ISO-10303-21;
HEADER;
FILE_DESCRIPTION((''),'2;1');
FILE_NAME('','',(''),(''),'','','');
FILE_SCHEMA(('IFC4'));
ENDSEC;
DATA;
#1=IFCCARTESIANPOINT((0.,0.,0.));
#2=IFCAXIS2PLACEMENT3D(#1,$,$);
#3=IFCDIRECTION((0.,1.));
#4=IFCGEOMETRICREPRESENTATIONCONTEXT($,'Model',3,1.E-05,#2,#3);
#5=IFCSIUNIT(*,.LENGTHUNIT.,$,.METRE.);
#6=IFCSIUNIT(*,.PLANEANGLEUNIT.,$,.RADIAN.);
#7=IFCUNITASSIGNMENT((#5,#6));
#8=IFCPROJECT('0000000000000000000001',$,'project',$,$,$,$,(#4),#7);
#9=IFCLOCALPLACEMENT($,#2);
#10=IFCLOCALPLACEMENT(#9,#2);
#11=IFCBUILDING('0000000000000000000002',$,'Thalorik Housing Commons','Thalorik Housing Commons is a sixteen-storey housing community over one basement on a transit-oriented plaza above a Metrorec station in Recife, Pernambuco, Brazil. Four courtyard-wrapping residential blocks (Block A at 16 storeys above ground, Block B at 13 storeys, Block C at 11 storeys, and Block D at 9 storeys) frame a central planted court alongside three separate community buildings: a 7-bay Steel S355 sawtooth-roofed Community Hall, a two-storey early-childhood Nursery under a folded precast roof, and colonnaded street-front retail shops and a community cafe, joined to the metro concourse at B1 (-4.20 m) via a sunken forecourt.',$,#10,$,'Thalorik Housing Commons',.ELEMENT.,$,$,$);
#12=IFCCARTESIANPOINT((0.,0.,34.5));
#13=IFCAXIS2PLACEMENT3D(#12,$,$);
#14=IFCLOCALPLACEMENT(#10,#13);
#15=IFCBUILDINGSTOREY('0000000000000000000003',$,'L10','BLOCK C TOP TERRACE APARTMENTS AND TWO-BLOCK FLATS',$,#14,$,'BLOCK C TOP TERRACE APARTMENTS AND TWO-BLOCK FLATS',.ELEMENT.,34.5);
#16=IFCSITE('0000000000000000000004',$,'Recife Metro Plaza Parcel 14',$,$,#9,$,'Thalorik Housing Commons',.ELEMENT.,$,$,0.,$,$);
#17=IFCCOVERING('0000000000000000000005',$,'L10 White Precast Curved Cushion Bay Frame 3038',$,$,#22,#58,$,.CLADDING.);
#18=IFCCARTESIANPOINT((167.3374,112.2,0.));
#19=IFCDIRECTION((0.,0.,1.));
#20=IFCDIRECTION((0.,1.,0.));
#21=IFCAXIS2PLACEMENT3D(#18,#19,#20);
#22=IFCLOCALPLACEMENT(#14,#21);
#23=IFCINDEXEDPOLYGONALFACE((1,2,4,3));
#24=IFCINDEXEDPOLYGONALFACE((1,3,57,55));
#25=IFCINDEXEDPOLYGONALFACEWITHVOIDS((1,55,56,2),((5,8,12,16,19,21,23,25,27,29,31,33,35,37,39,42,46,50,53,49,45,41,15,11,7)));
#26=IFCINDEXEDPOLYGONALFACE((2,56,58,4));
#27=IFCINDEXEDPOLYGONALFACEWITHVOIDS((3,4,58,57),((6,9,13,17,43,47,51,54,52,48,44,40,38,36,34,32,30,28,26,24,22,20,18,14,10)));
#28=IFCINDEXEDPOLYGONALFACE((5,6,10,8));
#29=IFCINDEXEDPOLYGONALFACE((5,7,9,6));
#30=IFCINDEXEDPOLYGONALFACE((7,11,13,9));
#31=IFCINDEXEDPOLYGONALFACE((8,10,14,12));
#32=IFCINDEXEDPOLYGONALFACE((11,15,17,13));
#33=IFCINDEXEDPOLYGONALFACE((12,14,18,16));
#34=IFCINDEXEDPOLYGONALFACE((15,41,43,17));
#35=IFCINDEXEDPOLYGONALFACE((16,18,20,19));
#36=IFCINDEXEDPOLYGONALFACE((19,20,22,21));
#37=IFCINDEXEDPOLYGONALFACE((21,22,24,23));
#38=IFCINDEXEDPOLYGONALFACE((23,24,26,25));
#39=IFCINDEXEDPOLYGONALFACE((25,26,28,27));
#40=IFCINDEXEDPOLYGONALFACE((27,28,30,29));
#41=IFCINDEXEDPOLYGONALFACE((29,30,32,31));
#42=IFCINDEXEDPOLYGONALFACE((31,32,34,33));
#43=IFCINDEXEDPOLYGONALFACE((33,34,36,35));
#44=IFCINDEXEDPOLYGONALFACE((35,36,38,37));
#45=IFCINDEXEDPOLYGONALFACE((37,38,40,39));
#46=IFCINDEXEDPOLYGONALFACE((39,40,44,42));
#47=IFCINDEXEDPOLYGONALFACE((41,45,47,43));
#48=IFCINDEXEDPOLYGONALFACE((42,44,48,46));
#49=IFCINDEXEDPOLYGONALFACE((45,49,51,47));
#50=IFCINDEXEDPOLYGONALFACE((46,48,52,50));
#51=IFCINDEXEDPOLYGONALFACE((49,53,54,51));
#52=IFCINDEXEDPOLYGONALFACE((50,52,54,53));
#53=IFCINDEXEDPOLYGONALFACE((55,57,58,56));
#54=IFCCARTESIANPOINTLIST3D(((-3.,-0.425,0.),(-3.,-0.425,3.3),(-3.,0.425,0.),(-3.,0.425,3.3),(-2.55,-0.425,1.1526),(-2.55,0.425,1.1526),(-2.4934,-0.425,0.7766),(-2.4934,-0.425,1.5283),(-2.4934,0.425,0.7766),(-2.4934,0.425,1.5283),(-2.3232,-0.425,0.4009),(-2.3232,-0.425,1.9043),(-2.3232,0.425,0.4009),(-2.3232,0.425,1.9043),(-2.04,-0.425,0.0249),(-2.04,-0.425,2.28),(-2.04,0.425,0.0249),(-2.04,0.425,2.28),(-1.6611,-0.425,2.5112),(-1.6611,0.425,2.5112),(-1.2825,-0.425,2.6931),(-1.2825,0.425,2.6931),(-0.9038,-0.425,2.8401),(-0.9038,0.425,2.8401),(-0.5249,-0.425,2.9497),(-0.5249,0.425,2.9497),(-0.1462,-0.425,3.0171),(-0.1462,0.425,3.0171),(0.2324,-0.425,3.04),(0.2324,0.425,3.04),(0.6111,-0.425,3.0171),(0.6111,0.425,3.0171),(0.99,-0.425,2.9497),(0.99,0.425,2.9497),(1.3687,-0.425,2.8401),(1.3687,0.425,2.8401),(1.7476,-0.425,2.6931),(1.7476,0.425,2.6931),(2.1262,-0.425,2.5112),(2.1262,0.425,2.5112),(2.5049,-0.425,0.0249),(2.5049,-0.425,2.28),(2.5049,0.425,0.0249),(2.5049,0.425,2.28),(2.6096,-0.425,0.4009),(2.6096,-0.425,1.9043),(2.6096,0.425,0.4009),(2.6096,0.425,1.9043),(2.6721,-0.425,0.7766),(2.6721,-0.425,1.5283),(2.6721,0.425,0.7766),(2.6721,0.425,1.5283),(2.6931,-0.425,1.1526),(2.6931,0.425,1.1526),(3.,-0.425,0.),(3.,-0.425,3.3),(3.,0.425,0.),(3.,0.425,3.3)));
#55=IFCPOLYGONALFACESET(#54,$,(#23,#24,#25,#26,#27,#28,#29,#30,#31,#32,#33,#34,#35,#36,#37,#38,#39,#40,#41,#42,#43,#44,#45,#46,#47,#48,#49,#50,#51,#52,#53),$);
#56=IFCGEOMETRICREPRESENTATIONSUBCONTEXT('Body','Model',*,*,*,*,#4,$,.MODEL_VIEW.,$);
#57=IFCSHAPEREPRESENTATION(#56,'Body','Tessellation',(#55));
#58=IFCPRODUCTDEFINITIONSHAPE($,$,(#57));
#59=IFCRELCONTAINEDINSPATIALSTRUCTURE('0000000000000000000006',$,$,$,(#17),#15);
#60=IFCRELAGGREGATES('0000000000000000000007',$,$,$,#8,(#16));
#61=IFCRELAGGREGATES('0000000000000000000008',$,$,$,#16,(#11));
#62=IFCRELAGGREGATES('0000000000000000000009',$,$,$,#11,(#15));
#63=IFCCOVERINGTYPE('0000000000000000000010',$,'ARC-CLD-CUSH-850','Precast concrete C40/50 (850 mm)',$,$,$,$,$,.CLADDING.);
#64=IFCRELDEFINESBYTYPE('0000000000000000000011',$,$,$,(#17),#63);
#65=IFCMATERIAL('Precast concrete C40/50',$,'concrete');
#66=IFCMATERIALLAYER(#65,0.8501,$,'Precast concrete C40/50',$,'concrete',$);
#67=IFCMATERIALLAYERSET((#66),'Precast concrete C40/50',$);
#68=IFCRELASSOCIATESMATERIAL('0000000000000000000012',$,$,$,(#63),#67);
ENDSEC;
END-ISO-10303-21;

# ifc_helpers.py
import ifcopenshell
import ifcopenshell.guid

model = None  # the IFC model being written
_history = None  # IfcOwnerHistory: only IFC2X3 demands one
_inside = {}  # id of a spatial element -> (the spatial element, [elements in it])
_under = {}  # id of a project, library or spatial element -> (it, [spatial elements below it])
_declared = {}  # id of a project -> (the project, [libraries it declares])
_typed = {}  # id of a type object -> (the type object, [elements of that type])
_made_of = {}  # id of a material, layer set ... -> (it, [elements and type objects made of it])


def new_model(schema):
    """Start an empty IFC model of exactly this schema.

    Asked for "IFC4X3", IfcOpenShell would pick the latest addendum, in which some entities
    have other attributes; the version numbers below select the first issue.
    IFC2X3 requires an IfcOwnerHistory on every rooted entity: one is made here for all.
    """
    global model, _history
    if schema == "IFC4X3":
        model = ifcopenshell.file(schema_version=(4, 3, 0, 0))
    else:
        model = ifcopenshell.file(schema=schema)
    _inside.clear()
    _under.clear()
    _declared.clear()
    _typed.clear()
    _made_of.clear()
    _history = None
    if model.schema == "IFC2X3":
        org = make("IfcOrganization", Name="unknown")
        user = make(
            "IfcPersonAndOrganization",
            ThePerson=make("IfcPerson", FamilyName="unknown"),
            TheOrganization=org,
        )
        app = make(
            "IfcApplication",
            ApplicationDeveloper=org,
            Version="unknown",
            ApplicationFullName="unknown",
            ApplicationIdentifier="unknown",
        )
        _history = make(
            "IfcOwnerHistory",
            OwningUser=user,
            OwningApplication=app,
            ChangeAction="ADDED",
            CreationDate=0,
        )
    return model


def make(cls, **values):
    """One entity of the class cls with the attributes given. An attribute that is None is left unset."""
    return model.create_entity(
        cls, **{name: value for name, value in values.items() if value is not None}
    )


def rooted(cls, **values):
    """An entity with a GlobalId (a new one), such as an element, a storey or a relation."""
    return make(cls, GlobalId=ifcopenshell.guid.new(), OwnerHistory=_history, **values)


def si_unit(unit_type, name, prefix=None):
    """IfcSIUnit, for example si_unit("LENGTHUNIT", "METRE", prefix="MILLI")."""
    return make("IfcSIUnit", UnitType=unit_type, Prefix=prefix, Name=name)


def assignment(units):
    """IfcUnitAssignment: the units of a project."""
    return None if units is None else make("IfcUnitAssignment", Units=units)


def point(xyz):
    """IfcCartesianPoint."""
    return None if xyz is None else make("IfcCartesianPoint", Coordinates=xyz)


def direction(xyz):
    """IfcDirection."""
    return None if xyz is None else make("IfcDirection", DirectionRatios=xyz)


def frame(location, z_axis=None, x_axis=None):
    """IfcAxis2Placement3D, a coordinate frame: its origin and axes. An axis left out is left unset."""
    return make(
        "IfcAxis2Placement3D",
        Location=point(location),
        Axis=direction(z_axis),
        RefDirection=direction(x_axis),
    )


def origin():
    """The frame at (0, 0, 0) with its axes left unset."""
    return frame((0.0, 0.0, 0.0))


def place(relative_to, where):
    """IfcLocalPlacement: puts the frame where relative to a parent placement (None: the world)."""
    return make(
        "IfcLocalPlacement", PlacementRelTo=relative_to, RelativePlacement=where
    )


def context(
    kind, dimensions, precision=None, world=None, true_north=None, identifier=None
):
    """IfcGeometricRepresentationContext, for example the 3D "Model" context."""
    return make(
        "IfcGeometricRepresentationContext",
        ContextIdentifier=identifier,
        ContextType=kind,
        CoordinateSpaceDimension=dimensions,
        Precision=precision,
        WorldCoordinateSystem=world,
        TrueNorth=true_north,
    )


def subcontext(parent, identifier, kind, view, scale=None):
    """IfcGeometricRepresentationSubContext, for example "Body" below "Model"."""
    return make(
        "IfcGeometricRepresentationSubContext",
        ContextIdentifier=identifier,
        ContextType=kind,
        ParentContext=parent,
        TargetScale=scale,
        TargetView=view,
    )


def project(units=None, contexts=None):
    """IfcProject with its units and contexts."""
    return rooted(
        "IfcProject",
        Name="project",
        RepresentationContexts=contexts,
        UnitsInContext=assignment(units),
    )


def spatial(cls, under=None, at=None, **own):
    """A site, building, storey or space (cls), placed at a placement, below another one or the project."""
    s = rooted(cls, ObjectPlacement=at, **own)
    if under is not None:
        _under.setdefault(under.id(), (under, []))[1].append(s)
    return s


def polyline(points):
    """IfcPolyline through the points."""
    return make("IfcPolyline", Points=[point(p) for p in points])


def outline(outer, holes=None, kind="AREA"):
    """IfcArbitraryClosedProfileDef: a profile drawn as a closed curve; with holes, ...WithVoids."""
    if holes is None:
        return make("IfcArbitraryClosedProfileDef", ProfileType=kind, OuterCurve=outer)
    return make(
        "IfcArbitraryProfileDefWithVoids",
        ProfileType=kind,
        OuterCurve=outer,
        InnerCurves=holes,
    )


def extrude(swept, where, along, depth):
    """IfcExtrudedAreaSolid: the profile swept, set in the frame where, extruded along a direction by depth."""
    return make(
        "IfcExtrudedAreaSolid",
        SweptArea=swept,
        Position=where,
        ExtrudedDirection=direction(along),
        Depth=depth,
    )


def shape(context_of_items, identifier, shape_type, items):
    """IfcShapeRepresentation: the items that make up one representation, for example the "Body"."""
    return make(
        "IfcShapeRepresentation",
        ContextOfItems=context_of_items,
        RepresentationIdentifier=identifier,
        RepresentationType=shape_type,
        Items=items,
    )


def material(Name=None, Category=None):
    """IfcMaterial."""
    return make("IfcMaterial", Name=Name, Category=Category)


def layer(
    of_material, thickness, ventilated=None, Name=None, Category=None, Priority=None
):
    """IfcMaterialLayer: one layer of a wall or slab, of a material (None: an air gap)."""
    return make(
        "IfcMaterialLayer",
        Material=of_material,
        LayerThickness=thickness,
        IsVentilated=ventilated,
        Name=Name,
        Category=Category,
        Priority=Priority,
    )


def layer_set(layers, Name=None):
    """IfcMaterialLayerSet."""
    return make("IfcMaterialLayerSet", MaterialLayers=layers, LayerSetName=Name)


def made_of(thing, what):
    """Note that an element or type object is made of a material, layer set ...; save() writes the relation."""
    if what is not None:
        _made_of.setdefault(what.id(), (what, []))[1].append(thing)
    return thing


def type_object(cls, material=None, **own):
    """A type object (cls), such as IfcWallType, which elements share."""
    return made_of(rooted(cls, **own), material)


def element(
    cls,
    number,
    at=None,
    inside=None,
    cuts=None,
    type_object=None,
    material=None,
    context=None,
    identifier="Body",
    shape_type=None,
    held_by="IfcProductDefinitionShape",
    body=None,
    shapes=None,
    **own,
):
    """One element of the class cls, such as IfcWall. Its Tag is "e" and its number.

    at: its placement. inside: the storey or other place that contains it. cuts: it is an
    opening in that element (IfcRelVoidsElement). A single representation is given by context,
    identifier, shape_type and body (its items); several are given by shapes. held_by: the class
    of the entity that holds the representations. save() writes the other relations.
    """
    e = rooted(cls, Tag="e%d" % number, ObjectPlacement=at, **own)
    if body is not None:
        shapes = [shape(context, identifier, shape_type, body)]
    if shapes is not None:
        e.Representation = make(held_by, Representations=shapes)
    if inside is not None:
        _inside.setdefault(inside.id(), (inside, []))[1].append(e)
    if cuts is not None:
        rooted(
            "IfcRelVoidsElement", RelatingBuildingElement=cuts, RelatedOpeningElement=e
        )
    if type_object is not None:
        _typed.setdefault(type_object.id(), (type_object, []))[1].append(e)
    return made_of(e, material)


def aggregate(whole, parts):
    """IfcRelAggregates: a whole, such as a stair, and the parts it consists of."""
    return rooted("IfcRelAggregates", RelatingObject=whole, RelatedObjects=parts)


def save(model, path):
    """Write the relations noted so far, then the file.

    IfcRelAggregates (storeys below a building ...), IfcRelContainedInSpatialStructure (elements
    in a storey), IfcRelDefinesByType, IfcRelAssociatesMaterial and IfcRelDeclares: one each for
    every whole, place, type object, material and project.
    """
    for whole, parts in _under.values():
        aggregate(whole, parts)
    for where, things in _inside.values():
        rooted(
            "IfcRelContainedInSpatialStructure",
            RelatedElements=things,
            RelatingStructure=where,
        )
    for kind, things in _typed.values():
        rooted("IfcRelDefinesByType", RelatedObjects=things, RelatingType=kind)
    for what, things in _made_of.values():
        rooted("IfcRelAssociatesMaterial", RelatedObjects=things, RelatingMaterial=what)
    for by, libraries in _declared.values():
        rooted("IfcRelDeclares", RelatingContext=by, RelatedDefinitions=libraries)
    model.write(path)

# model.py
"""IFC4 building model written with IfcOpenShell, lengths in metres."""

from ifc_helpers import new_model, si_unit, direction, frame, origin, place, context, subcontext, project, spatial, polyline, outline, extrude, material, layer, layer_set, type_object, element, save


model = new_model("IFC4")

# Units and contexts
model_context = context("Model", 3, precision=1e-05, world=origin(), true_north=direction((0.0, 1.0)))
body_context = subcontext(model_context, "Body", "Model", "MODEL_VIEW")
ifc_project = project(units=[si_unit("LENGTHUNIT", "METRE"), si_unit("PLANEANGLEUNIT", "RADIAN")], contexts=[model_context])

# Site, building, storey
site_placement = place(None, origin())
site = spatial("IfcSite", under=ifc_project, at=site_placement, Name="Recife Metro Plaza Parcel 14", LongName="Thalorik Housing Commons", CompositionType="ELEMENT", RefElevation=0.0)
building_placement = place(site_placement, origin())
building = spatial("IfcBuilding", under=site, at=building_placement, Name="Thalorik Housing Commons", Description="Thalorik Housing Commons is a sixteen-storey housing community over one basement on a transit-oriented plaza above a Metrorec station in Recife, Pernambuco, Brazil. Four courtyard-wrapping residential blocks (Block A at 16 storeys above ground, Block B at 13 storeys, Block C at 11 storeys, and Block D at 9 storeys) frame a central planted court alongside three separate community buildings: a 7-bay Steel S355 sawtooth-roofed Community Hall, a two-storey early-childhood Nursery under a folded precast roof, and colonnaded street-front retail shops and a community cafe, joined to the metro concourse at B1 (-4.20 m) via a sunken forecourt.", LongName="Thalorik Housing Commons", CompositionType="ELEMENT")
storey_placement = place(building_placement, frame((0.0, 0.0, 34.5)))
storey = spatial("IfcBuildingStorey", under=building, at=storey_placement, Name="L10", Description="BLOCK C TOP TERRACE APARTMENTS AND TWO-BLOCK FLATS", LongName="BLOCK C TOP TERRACE APARTMENTS AND TWO-BLOCK FLATS", CompositionType="ELEMENT", Elevation=34.5)

# Shared definitions
ifc_material_1 = material(Name="Precast concrete C40/50", Category="concrete")

# Covering
ifc_layer_1 = layer(ifc_material_1, 0.8501, Name="Precast concrete C40/50", Category="concrete")
ifc_layer_set_1 = layer_set([ifc_layer_1], Name="Precast concrete C40/50")
covering_type_1 = type_object("IfcCoveringType", Name="ARC-CLD-CUSH-850", Description="Precast concrete C40/50 (850 mm)", PredefinedType="CLADDING", material=ifc_layer_set_1)
covering_1_placement = place(storey_placement, frame((167.3374, 112.2, 0.0), z_axis=(0.0, 0.0, 1.0), x_axis=(0.0, 1.0, 0.0)))
element("IfcCovering", 1, at=covering_1_placement, inside=storey, type_object=covering_type_1, Name="L10 White Precast Curved Cushion Bay Frame 3038", PredefinedType="CLADDING", context=body_context, shape_type="SweptSolid", body=[
    extrude(outline(polyline([(-3.0, 0.0), (3.0, 0.0), (3.0, 3.3), (-3.0, 3.3), (-3.0, 0.0)]), holes=[polyline([(2.5049, 0.0249), (2.6096, 0.4009), (2.6721, 0.7766), (2.6931, 1.1526), (2.6721, 1.5283), (2.6096, 1.9043), (2.5049, 2.28), (2.1262, 2.5112), (1.7476, 2.6931), (1.3687, 2.8401), (0.99, 2.9497), (0.6111, 3.0171), (0.2324, 3.04), (-0.1462, 3.0171), (-0.5249, 2.9497), (-0.9038, 2.8401), (-1.2825, 2.6931), (-1.6611, 2.5112), (-2.04, 2.28), (-2.3232, 1.9043), (-2.4934, 1.5283), (-2.55, 1.1526), (-2.4934, 0.7766), (-2.3232, 0.4009), (-2.04, 0.0249), (2.5049, 0.0249)])]), frame((0.0, 0.425, 0.0), z_axis=(0.0, -1.0, 0.0), x_axis=(1.0, 0.0, 0.0)), (0.0, 0.0, 1.0), 0.8501),
])

save(model, "model.ifc")
